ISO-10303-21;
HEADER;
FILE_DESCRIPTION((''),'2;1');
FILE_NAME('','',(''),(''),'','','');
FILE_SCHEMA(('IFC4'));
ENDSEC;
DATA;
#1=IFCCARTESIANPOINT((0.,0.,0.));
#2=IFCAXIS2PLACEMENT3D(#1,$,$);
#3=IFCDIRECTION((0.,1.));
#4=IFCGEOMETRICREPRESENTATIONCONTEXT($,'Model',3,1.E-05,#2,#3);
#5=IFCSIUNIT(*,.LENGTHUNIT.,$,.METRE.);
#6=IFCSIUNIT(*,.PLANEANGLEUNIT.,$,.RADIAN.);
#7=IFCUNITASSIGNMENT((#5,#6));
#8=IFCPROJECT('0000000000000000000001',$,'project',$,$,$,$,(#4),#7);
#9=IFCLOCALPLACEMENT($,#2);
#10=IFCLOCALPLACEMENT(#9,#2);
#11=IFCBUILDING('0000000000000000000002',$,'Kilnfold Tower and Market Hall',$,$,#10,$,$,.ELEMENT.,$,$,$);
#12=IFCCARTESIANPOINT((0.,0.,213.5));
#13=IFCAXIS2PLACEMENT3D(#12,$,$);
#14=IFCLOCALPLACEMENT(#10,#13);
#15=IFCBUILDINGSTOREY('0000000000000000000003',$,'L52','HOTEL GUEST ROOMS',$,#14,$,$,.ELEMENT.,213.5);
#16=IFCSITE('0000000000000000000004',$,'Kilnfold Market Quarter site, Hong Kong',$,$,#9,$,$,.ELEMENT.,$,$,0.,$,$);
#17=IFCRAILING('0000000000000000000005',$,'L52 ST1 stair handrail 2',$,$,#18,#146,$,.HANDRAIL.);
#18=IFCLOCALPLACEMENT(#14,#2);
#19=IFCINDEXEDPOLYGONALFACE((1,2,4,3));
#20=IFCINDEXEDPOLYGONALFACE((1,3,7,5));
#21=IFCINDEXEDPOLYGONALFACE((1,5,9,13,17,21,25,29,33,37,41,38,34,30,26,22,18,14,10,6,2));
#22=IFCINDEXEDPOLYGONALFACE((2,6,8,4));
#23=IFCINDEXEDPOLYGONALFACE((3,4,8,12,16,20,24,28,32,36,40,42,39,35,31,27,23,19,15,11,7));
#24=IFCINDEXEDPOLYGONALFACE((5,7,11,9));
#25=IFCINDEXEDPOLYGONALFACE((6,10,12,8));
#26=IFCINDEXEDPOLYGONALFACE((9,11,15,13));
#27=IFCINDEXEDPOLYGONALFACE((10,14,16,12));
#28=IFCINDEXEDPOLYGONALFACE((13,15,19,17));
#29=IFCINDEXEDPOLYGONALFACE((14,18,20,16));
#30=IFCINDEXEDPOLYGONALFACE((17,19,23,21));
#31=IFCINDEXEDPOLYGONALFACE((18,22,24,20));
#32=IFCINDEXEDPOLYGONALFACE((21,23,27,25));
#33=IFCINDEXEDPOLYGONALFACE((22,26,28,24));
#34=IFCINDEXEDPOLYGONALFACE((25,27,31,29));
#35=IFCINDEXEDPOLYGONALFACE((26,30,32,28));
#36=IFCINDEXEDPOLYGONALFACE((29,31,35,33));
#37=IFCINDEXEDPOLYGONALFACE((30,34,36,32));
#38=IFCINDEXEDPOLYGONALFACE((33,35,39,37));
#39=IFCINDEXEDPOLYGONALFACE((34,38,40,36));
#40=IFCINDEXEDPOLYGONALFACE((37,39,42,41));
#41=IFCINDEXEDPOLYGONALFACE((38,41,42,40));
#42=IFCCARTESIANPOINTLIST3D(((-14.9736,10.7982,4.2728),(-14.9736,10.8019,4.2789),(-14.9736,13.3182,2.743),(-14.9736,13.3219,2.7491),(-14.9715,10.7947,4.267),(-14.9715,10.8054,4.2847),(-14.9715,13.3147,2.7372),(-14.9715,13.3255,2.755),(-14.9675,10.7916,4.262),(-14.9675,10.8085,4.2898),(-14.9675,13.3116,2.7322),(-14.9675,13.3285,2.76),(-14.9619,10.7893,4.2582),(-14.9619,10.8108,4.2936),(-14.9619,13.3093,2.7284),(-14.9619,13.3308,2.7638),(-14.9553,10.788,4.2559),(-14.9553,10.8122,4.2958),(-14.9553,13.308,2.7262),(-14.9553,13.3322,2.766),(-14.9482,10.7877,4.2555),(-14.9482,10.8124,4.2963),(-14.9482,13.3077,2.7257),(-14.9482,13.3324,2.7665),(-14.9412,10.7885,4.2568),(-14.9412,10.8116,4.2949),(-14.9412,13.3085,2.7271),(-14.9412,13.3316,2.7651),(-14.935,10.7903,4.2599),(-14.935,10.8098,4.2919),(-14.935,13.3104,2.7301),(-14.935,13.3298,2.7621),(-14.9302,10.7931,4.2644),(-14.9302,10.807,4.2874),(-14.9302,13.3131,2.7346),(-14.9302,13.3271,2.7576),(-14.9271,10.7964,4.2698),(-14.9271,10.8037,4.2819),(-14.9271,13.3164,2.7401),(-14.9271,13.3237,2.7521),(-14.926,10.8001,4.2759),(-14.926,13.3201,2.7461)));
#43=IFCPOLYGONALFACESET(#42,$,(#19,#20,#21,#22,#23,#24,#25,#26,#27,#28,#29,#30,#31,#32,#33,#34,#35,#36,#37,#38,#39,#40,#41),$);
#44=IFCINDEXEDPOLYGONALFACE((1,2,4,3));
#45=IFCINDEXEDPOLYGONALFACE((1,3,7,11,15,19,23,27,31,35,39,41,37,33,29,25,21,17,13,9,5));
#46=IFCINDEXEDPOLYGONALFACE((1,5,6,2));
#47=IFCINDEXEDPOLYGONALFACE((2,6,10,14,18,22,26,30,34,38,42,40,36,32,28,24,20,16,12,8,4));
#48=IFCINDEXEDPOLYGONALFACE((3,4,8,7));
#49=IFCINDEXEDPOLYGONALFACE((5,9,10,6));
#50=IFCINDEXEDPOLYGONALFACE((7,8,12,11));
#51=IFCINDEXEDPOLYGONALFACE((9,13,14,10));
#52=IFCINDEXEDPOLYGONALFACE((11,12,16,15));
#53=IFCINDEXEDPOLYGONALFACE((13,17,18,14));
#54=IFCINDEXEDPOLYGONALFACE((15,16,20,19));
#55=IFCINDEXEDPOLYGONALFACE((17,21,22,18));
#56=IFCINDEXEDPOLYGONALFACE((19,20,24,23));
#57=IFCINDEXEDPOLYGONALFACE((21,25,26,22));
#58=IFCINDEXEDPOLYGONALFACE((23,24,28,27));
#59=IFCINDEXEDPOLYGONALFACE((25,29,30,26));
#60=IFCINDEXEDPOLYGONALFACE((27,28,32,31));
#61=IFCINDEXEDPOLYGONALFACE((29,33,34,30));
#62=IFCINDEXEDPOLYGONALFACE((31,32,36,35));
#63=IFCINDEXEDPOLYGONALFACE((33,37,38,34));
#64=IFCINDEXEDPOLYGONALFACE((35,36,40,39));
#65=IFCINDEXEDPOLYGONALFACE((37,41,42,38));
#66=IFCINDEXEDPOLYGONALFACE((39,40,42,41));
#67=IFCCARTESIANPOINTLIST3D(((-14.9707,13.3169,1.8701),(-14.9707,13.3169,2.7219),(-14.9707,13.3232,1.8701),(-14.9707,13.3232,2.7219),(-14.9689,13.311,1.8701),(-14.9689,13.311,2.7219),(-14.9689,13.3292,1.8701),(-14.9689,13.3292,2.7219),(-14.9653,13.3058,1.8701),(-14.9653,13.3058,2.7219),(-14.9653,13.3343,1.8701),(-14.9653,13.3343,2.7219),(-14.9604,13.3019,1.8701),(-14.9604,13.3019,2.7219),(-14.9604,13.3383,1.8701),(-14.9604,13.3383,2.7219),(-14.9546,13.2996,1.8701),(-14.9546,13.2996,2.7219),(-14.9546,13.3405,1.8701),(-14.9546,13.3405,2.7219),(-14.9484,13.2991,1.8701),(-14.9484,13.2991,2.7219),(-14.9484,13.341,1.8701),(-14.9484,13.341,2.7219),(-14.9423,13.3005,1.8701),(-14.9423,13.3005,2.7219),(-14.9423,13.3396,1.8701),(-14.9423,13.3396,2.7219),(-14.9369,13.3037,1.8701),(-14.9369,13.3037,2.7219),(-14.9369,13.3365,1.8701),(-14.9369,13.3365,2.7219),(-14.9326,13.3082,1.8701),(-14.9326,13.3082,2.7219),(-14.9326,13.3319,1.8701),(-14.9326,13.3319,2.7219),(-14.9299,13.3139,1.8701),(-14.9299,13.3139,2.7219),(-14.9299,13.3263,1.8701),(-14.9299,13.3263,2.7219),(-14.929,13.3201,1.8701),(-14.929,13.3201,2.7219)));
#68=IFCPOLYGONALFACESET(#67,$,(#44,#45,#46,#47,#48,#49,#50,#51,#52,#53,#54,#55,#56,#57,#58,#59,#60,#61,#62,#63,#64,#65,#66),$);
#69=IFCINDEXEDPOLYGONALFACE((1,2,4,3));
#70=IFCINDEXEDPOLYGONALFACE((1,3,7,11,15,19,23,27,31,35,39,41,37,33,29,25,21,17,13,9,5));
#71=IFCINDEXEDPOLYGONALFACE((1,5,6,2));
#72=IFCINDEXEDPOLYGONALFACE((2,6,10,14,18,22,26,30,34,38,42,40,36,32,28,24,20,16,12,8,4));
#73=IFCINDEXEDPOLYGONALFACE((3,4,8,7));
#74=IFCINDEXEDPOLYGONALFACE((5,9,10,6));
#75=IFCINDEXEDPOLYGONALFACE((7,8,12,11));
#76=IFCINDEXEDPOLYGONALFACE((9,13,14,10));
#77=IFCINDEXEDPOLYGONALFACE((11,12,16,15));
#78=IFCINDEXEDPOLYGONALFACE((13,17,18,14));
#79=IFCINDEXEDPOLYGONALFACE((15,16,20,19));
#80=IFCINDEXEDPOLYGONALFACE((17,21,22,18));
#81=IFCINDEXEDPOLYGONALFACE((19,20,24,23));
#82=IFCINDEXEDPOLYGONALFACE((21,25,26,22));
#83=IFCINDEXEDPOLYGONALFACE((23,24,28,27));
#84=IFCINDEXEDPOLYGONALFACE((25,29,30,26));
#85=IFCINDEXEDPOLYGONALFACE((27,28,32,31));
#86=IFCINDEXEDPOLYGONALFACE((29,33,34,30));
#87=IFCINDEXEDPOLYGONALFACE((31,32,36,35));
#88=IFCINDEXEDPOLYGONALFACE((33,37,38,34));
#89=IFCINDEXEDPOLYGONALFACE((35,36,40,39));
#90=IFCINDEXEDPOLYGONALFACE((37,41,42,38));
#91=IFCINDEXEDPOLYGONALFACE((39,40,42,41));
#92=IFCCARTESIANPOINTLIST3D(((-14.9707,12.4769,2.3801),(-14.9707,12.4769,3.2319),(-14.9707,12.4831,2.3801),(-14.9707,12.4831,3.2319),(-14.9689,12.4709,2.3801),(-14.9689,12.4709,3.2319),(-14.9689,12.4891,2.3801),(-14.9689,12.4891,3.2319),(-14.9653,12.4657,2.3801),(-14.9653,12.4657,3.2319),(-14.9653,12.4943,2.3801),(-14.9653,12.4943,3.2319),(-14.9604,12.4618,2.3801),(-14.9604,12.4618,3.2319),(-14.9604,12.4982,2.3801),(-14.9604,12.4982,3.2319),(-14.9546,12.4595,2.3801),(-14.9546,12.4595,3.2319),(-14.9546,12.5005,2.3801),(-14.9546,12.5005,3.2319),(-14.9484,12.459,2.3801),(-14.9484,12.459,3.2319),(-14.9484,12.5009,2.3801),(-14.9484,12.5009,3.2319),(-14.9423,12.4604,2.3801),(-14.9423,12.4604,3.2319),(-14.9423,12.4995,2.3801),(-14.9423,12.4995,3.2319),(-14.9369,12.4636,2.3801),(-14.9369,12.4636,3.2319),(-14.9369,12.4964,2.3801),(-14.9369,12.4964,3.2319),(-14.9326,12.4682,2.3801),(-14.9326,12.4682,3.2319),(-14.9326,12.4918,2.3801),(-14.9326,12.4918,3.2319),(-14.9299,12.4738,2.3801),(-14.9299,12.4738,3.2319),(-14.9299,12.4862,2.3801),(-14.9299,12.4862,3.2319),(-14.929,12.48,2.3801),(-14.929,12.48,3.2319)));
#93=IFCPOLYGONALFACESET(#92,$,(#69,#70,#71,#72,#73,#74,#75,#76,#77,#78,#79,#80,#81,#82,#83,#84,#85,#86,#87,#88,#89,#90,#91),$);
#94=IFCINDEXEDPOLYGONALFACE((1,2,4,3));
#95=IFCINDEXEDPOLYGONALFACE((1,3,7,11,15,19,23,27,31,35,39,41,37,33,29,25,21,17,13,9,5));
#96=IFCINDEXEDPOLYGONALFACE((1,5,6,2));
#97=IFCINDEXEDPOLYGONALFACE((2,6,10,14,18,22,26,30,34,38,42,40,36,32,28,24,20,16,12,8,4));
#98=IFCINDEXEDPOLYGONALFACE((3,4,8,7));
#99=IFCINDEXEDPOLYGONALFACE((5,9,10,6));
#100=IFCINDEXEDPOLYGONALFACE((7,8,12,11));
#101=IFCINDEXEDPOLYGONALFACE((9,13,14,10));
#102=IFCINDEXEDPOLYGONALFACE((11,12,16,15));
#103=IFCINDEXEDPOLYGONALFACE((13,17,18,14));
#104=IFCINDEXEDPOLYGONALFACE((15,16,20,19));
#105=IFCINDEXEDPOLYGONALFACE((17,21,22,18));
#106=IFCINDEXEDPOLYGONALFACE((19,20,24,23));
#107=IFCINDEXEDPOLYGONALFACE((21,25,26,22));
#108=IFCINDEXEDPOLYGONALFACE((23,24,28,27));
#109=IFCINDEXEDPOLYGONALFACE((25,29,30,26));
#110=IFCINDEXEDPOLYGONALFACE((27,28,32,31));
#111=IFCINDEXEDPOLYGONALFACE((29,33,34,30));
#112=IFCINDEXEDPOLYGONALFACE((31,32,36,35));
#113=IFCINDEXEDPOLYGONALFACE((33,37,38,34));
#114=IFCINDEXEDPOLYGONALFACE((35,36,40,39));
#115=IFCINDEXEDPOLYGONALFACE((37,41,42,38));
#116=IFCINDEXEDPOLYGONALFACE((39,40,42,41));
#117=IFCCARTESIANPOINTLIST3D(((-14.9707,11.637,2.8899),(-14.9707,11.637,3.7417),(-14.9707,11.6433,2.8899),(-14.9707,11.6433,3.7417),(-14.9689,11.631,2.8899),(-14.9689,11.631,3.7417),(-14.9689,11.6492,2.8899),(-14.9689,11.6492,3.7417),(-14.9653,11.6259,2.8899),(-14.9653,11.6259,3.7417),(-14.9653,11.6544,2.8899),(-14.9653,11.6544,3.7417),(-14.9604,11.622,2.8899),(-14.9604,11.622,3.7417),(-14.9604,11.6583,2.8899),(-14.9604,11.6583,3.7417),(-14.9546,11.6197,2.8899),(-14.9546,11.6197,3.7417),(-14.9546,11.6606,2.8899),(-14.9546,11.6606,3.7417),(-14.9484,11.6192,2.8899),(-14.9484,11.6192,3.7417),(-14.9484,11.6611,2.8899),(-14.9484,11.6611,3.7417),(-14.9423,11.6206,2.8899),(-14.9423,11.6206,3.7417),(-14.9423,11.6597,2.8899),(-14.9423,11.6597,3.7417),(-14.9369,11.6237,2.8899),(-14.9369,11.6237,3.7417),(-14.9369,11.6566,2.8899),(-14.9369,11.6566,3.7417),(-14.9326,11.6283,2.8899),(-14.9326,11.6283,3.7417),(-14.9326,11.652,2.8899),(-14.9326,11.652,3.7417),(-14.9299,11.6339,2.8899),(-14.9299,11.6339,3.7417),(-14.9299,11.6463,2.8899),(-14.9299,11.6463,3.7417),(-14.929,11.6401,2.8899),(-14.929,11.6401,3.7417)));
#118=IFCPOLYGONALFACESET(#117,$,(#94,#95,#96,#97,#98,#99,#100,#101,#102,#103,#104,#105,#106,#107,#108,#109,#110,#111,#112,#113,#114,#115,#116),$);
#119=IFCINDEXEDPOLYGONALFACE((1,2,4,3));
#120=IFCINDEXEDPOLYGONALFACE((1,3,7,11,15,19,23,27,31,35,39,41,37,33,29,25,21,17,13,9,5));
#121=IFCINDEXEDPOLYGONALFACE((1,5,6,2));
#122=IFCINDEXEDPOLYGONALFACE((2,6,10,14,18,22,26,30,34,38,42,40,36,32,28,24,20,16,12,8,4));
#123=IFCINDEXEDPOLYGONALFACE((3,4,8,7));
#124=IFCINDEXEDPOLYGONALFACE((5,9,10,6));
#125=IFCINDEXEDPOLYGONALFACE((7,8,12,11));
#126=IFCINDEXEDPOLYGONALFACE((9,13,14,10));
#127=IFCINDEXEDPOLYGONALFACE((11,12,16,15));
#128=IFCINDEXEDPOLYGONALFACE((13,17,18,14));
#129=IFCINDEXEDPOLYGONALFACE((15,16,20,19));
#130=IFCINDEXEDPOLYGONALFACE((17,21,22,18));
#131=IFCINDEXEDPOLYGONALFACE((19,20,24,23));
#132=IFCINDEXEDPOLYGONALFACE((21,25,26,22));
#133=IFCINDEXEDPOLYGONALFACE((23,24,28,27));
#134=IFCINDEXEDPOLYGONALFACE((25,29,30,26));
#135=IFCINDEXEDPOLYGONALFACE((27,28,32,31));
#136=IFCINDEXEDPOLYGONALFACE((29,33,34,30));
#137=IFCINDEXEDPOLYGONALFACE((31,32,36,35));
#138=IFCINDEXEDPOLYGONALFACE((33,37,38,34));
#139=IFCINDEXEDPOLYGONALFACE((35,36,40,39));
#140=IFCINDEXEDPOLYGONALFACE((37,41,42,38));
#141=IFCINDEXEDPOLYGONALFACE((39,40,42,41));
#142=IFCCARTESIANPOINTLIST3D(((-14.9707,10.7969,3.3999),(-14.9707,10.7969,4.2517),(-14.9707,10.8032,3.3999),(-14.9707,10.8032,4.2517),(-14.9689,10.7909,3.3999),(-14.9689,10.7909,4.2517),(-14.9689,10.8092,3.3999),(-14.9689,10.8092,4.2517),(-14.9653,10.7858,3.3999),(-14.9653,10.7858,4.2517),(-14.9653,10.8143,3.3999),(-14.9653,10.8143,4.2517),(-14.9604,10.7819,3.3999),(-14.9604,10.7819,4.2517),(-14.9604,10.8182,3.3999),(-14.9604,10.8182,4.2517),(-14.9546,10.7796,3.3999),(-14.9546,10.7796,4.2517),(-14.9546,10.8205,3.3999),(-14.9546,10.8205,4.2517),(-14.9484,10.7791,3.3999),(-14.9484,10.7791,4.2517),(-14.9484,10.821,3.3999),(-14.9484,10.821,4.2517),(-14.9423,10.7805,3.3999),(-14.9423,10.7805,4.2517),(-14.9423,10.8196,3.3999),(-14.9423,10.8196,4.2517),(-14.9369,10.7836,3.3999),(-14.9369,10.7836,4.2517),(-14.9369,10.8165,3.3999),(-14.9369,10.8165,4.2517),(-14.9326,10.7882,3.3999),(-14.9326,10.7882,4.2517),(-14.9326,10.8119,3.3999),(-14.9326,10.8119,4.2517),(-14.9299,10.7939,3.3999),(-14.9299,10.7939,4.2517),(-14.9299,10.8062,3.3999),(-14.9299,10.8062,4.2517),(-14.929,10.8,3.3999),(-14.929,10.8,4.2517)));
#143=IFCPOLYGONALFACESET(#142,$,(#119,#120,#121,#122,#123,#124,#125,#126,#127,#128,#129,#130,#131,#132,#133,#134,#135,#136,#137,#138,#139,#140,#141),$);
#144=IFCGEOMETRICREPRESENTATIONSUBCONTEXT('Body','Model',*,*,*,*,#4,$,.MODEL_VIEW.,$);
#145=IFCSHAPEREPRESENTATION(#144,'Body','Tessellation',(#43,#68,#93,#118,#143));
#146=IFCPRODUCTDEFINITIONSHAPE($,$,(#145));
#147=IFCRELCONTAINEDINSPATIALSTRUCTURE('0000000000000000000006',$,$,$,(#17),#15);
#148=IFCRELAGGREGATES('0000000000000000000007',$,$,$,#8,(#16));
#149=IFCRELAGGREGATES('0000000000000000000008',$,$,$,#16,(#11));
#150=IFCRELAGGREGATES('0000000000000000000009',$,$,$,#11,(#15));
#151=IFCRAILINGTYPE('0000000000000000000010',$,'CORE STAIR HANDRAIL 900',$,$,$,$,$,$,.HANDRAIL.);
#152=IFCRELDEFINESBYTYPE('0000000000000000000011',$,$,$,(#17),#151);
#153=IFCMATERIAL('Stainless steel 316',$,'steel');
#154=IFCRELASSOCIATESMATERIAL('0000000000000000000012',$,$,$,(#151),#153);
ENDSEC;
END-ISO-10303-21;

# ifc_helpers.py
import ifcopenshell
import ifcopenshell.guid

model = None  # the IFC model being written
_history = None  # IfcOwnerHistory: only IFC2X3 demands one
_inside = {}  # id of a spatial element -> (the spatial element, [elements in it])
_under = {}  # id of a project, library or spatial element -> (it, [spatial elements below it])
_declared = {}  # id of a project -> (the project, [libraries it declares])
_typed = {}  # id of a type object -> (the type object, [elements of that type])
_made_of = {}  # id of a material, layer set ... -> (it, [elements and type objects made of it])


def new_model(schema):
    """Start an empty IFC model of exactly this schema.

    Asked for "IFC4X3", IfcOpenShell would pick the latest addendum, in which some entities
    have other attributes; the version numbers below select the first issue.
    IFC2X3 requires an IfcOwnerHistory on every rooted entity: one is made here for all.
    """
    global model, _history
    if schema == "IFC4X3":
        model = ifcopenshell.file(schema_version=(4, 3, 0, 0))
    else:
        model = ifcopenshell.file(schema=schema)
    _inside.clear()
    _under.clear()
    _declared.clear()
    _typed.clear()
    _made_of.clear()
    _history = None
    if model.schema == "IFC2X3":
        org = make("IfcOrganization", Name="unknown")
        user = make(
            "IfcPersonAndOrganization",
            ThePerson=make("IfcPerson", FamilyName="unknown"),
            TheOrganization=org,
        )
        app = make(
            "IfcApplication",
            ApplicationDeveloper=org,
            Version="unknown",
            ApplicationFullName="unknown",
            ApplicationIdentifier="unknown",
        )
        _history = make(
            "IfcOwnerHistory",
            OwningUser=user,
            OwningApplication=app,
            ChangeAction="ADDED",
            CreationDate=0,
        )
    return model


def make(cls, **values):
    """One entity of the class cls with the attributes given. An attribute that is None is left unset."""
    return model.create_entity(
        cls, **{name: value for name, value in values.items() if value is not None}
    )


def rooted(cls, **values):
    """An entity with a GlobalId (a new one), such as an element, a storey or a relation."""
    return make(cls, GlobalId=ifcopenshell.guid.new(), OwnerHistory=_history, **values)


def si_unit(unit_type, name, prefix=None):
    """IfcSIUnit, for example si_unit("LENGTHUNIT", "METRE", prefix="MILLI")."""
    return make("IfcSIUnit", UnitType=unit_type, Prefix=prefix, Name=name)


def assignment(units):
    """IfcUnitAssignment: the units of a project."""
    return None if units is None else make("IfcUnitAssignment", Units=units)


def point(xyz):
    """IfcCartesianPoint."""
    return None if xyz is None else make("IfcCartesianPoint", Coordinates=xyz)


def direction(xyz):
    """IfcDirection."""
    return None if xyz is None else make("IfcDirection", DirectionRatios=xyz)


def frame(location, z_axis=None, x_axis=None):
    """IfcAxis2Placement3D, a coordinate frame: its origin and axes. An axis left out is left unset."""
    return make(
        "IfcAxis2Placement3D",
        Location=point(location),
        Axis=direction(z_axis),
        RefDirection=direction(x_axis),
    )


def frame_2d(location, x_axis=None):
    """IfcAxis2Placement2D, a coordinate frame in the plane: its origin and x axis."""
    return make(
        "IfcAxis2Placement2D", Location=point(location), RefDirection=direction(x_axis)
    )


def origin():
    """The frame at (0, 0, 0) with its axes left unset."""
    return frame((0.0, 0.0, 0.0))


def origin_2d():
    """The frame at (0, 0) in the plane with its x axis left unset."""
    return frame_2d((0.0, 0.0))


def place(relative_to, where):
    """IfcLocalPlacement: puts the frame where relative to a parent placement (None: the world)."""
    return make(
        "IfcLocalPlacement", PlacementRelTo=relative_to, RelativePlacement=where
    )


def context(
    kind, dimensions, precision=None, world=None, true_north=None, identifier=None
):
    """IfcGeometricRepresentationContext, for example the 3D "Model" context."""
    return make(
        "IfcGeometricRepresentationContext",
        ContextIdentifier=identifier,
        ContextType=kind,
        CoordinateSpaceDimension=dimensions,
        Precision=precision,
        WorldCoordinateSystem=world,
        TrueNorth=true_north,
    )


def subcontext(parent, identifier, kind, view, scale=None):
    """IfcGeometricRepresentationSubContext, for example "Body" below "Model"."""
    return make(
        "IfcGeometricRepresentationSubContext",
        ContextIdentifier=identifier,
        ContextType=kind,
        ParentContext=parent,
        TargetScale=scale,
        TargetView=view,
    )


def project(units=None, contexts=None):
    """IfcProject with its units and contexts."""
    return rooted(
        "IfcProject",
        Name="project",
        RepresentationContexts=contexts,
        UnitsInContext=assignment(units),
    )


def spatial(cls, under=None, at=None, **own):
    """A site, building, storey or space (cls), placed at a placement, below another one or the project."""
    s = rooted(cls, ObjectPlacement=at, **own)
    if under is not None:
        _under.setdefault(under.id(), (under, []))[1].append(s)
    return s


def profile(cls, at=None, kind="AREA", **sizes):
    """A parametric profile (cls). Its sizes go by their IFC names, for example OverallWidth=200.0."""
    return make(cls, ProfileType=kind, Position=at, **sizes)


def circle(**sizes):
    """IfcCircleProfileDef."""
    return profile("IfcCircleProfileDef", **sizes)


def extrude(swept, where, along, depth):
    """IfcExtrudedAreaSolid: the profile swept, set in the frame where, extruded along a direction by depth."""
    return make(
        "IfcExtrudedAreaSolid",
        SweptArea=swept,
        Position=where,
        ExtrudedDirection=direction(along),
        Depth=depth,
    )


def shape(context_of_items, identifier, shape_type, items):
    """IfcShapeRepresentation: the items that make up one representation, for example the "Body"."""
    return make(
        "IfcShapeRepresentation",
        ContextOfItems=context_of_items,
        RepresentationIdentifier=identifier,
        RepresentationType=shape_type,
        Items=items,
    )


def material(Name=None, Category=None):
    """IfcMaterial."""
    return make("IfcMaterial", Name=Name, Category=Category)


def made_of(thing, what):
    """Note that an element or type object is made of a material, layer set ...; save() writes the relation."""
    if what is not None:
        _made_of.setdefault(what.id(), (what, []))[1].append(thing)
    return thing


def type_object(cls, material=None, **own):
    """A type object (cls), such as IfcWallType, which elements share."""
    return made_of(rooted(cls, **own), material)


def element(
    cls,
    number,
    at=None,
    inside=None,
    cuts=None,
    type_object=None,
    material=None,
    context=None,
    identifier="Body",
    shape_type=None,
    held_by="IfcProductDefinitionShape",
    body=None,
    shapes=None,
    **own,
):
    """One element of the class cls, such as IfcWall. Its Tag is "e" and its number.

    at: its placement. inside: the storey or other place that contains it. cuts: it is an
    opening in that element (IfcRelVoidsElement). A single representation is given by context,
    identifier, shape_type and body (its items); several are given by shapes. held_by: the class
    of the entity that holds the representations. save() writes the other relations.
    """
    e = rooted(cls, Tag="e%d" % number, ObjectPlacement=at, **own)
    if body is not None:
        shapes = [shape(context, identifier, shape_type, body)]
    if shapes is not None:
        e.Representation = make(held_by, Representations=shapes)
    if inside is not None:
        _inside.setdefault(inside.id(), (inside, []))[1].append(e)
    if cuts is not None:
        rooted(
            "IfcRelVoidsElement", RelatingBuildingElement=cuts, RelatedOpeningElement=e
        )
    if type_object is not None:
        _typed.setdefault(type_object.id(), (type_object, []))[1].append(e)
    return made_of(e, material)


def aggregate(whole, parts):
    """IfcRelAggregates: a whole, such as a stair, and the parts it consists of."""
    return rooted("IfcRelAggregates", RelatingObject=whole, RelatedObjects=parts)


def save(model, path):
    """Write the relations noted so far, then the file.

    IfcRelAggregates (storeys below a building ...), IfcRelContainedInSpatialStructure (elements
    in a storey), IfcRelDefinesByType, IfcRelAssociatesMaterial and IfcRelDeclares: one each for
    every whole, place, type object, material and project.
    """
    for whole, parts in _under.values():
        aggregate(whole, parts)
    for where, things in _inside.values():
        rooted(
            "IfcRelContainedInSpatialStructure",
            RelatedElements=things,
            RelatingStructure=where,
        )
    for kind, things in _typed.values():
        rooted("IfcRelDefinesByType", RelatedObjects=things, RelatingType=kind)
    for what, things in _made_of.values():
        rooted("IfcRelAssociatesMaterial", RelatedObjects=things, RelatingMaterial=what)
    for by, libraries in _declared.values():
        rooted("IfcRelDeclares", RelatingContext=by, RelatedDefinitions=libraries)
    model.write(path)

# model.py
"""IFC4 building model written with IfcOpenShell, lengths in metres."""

from ifc_helpers import new_model, si_unit, direction, frame, origin, origin_2d, place, context, subcontext, project, spatial, circle, extrude, material, type_object, element, save


model = new_model("IFC4")

# Units and contexts
model_context = context("Model", 3, precision=1e-05, world=origin(), true_north=direction((0.0, 1.0)))
body_context = subcontext(model_context, "Body", "Model", "MODEL_VIEW")
ifc_project = project(units=[si_unit("LENGTHUNIT", "METRE"), si_unit("PLANEANGLEUNIT", "RADIAN")], contexts=[model_context])

# Site, building, storey
site_placement = place(None, origin())
site = spatial("IfcSite", under=ifc_project, at=site_placement, Name="Kilnfold Market Quarter site, Hong Kong", CompositionType="ELEMENT", RefElevation=0.0)
building_placement = place(site_placement, origin())
building = spatial("IfcBuilding", under=site, at=building_placement, Name="Kilnfold Tower and Market Hall", CompositionType="ELEMENT")
storey_placement = place(building_placement, frame((0.0, 0.0, 213.5)))
storey = spatial("IfcBuildingStorey", under=building, at=storey_placement, Name="L52", Description="HOTEL GUEST ROOMS", CompositionType="ELEMENT", Elevation=213.5)

# Railing
ifc_material_1 = material(Name="Stainless steel 316", Category="steel")
railing_type_1 = type_object("IfcRailingType", Name="CORE STAIR HANDRAIL 900", PredefinedType="HANDRAIL", material=ifc_material_1)
railing_1_placement = place(storey_placement, frame((-14.95, 13.3201, 1.8701)))
element("IfcRailing", 1, at=railing_1_placement, inside=storey, type_object=railing_type_1, Name="L52 ST1 stair handrail 2", PredefinedType="HANDRAIL", context=body_context, shape_type="SweptSolid", body=[
    extrude(circle(Radius=0.0239, at=origin_2d()), frame((0.0, 0.0, 0.876), z_axis=(0.0, -0.854822, 0.518922), x_axis=(1.0, 0.0, 0.0)), (0.0, 0.0, 1.0), 2.948),
    extrude(circle(Radius=0.021, at=origin_2d()), origin(), (0.0, 0.0, 1.0), 0.8518),
    extrude(circle(Radius=0.021, at=origin_2d()), frame((0.0, -0.8401, 0.51)), (0.0, 0.0, 1.0), 0.8518),
    extrude(circle(Radius=0.021, at=origin_2d()), frame((0.0, -1.6799, 1.0198)), (0.0, 0.0, 1.0), 0.8518),
    extrude(circle(Radius=0.021, at=origin_2d()), frame((0.0, -2.52, 1.5298)), (0.0, 0.0, 1.0), 0.8518),
])

save(model, "model.ifc")
